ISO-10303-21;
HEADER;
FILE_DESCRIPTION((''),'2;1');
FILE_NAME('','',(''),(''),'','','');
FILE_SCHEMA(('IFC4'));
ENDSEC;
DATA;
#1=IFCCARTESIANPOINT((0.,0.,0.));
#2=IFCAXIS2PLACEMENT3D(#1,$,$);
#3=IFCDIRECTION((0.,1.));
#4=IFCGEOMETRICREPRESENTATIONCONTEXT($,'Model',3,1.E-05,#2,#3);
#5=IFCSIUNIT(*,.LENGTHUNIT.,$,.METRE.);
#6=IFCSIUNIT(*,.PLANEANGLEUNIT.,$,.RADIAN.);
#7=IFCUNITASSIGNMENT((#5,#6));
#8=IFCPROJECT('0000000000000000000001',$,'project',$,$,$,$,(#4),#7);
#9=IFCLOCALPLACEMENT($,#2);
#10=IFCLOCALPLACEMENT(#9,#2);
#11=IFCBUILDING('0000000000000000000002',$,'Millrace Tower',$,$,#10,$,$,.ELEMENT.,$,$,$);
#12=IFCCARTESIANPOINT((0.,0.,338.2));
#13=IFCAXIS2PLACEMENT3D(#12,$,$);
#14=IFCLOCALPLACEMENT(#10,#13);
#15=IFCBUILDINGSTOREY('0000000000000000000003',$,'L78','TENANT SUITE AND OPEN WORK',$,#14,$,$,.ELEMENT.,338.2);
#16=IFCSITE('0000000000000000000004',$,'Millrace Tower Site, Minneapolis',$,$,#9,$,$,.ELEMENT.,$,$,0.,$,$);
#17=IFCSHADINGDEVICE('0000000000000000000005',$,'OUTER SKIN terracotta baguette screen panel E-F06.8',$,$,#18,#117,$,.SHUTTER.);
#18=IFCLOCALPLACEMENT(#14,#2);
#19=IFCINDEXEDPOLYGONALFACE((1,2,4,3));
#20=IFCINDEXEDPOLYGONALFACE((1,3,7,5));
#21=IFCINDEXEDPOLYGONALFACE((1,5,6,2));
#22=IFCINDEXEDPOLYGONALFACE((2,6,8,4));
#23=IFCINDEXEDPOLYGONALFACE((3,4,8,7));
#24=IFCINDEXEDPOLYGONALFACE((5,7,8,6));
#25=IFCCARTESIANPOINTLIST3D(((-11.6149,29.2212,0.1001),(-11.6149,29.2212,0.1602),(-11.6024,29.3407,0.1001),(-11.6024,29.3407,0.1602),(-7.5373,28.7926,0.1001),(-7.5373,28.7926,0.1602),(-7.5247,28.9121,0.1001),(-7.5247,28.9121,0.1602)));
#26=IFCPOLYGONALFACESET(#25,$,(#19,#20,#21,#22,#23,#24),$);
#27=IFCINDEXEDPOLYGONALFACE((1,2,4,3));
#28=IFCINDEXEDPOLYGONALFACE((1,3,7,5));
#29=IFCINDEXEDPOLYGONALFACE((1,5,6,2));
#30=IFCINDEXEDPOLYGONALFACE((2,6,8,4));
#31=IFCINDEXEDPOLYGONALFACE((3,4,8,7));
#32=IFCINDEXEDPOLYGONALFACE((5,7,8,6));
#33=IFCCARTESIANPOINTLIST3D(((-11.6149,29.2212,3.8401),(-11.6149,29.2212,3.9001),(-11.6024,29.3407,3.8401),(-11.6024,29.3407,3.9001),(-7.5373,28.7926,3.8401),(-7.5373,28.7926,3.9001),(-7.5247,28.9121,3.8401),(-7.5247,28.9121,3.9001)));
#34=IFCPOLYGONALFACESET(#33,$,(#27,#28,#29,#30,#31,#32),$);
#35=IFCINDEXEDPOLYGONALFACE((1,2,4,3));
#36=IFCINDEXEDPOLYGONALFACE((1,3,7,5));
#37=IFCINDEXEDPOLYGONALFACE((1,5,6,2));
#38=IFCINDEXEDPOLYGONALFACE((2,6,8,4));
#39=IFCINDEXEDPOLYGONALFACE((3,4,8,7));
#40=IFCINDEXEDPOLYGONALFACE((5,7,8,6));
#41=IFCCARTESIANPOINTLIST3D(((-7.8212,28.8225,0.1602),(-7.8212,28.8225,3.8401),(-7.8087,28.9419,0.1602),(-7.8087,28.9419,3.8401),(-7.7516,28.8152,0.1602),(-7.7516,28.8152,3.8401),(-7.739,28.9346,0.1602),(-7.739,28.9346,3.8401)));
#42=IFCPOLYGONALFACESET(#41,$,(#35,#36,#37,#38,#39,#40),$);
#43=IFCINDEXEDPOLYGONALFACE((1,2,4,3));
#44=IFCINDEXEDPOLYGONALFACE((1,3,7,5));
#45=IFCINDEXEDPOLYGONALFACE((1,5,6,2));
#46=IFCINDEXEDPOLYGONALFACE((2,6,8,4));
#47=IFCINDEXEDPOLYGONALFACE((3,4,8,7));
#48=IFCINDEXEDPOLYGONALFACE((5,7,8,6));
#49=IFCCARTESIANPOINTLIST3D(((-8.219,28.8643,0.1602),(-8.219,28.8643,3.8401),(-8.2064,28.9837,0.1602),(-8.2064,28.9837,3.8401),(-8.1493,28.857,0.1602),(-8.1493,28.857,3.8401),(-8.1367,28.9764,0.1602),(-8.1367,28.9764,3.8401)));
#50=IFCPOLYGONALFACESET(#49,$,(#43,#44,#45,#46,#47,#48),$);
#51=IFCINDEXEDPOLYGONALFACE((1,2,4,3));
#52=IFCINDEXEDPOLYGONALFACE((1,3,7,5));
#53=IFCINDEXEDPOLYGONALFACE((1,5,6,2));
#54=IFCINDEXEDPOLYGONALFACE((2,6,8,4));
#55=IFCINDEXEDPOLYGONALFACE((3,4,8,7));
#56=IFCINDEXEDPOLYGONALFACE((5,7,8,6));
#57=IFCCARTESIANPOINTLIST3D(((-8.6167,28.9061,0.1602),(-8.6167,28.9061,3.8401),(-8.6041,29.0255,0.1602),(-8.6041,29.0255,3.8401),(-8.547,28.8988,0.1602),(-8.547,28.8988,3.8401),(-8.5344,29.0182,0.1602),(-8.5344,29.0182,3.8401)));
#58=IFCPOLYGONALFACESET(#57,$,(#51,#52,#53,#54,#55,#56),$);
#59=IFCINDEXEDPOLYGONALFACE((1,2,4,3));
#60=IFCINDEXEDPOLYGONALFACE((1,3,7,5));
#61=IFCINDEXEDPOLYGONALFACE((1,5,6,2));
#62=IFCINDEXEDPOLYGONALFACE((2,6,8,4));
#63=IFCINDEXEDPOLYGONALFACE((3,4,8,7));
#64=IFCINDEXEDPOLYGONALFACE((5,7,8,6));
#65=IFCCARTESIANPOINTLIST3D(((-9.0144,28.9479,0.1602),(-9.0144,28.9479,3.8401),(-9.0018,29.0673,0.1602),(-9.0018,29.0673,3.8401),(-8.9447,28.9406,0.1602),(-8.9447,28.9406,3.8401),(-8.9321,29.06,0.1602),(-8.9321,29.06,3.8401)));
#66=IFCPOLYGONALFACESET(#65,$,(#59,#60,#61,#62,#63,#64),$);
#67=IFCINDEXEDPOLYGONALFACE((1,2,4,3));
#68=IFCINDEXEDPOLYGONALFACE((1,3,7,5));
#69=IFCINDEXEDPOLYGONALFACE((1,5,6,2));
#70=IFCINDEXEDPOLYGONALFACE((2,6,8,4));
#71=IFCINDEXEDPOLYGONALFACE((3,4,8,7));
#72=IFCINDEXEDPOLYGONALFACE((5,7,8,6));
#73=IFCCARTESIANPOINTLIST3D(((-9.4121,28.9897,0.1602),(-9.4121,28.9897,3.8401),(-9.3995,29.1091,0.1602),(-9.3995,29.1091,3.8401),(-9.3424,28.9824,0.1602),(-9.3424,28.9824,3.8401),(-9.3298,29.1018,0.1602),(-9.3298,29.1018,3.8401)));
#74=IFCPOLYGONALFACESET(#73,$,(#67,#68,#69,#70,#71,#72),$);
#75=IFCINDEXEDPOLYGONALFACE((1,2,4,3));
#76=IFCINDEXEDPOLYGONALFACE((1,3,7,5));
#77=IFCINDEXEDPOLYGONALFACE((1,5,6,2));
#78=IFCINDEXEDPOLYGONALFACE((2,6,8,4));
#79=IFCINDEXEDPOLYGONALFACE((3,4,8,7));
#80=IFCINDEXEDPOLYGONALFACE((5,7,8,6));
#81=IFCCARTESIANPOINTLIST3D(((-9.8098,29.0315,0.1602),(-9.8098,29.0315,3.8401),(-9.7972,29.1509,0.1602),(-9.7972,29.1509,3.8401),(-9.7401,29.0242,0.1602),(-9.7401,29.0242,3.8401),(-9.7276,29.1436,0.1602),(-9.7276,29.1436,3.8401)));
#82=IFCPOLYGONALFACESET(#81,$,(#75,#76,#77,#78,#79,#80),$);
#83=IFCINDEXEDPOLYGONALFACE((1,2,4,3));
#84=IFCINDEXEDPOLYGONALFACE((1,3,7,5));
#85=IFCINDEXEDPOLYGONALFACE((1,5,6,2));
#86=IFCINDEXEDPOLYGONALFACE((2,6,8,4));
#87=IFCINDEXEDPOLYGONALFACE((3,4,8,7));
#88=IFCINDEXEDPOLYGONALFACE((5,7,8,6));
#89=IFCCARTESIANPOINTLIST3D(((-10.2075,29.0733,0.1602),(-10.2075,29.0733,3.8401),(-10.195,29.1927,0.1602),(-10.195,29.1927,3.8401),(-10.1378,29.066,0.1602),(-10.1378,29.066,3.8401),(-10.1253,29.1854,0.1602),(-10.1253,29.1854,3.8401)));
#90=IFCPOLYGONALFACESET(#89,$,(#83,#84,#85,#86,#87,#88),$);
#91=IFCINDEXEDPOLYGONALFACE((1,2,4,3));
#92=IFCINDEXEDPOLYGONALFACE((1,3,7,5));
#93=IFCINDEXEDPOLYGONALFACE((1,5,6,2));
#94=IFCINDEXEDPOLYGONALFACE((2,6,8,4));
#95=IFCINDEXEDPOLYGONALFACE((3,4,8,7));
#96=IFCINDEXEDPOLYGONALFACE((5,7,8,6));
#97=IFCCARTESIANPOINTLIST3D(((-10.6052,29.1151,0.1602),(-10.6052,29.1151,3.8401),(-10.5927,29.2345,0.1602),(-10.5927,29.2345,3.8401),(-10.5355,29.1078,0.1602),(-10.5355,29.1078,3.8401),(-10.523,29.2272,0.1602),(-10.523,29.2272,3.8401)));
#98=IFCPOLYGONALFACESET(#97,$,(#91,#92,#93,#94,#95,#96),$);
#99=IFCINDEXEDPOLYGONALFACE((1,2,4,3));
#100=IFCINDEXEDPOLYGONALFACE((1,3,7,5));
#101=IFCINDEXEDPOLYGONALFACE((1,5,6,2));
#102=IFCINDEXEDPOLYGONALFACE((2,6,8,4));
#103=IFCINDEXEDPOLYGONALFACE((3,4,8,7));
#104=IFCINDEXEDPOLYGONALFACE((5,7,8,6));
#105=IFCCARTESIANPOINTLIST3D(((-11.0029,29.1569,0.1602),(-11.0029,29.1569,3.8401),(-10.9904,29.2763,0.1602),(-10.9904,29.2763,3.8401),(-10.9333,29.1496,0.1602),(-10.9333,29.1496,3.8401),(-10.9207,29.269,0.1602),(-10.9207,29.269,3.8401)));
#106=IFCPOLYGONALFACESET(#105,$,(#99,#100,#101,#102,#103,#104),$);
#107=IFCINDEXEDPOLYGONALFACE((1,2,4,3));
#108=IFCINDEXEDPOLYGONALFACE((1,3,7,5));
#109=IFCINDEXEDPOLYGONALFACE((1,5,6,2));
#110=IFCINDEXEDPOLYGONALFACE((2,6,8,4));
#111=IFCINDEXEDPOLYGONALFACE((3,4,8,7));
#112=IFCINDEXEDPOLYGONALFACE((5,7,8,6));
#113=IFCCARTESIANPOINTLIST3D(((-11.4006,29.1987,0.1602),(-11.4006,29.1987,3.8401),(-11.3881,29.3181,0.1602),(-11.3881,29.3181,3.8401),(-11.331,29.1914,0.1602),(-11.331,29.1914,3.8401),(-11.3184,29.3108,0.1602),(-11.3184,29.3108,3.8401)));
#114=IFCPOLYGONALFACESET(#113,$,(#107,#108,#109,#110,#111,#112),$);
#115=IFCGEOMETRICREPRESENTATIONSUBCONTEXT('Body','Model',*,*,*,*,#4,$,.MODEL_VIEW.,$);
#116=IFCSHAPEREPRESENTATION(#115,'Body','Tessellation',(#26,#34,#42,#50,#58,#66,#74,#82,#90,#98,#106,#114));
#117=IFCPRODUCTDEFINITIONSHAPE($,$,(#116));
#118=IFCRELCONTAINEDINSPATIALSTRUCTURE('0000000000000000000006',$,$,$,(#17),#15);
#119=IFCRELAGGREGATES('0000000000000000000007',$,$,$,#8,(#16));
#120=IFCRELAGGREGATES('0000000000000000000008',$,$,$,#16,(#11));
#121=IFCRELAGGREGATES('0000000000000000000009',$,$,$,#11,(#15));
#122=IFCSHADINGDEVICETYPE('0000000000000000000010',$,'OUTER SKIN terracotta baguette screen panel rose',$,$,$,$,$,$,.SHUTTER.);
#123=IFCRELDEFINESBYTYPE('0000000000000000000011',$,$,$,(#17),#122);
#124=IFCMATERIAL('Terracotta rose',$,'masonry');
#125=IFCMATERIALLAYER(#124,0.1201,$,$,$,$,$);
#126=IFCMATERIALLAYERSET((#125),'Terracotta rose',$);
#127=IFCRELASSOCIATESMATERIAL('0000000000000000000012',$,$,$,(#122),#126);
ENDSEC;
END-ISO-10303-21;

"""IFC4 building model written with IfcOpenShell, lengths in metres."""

from ifc_helpers import new_model, entity, si_unit, direction, frame, frame_2d, origin, place, context, subcontext, project, spatial, rectangle, extrude, source, transform, mapped, material, layer, layer_set, type_object, element, save


model = new_model("IFC4")

# Units and contexts
model_context = context("Model", 3, precision=1e-05, world=origin(), true_north=direction((0.0, 1.0)))
body_context = subcontext(model_context, "Body", "Model", "MODEL_VIEW")
ifc_project = project(units=[si_unit("LENGTHUNIT", "METRE"), si_unit("PLANEANGLEUNIT", "RADIAN")], contexts=[model_context])

# Site, building, storey
site_placement = place(None, origin())
site = spatial("IfcSite", under=ifc_project, at=site_placement, Name="Millrace Tower Site, Minneapolis", CompositionType="ELEMENT", RefElevation=0.0)
building_placement = place(site_placement, origin())
building = spatial("IfcBuilding", under=site, at=building_placement, Name="Millrace Tower", CompositionType="ELEMENT")
storey_placement = place(building_placement, frame((0.0, 0.0, 338.2)))
storey = spatial("IfcBuildingStorey", under=building, at=storey_placement, Name="L78", Description="TENANT SUITE AND OPEN WORK", CompositionType="ELEMENT", Elevation=338.2)

# Shading device
ifc_material_1 = material(Name="Terracotta rose", Category="masonry")
ifc_layer_1 = layer(ifc_material_1, 0.1201)
ifc_layer_set_1 = layer_set([ifc_layer_1], Name="Terracotta rose")
shading_device_type = type_object("IfcShadingDeviceType", Name="OUTER SKIN terracotta baguette screen panel rose", PredefinedType="SHUTTER", material=ifc_layer_set_1)
cartesian_point_1 = entity("IfcCartesianPoint", [-2.05, 0.0601])
shared_polyline_1 = entity("IfcPolyline", [cartesian_point_1, entity("IfcCartesianPoint", [2.05, 0.0601]), entity("IfcCartesianPoint", [2.05, -0.0601]), entity("IfcCartesianPoint", [-2.05, -0.0601]), cartesian_point_1])
shared_shape_1 = source(origin(), body_context, "Body", "SweptSolid", [
    entity("IfcExtrudedAreaSolid", entity("IfcArbitraryClosedProfileDef", "AREA", None, shared_polyline_1), entity("IfcAxis2Placement3D", entity("IfcCartesianPoint", [0.0, 0.0, 0.0])), entity("IfcDirection", [0.0, 0.0, 1.0]), 0.0601),
    entity("IfcExtrudedAreaSolid", entity("IfcArbitraryClosedProfileDef", "AREA", None, shared_polyline_1), entity("IfcAxis2Placement3D", entity("IfcCartesianPoint", [0.0, 0.0, 3.74])), entity("IfcDirection", [0.0, 0.0, 1.0]), 0.0601),
    extrude(rectangle(XDim=0.0701, YDim=0.1201, at=frame_2d((-1.7996, 0.0))), frame((0.0, 0.0, 0.0601)), (0.0, 0.0, 1.0), 3.6799),
    extrude(rectangle(XDim=0.0701, YDim=0.1201, at=frame_2d((-1.3997, 0.0))), frame((0.0, 0.0, 0.0601)), (0.0, 0.0, 1.0), 3.6799),
    extrude(rectangle(XDim=0.0701, YDim=0.1201, at=frame_2d((-0.9998, 0.0))), frame((0.0, 0.0, 0.0601)), (0.0, 0.0, 1.0), 3.6799),
    extrude(rectangle(XDim=0.0701, YDim=0.1201, at=frame_2d((-0.5999, 0.0))), frame((0.0, 0.0, 0.0601)), (0.0, 0.0, 1.0), 3.6799),
    extrude(rectangle(XDim=0.0701, YDim=0.1201, at=frame_2d((-0.2, 0.0))), frame((0.0, 0.0, 0.0601)), (0.0, 0.0, 1.0), 3.6799),
    extrude(rectangle(XDim=0.0701, YDim=0.1201, at=frame_2d((0.2, 0.0))), frame((0.0, 0.0, 0.0601)), (0.0, 0.0, 1.0), 3.6799),
    extrude(rectangle(XDim=0.0701, YDim=0.1201, at=frame_2d((0.5999, 0.0))), frame((0.0, 0.0, 0.0601)), (0.0, 0.0, 1.0), 3.6799),
    extrude(rectangle(XDim=0.0701, YDim=0.1201, at=frame_2d((0.9998, 0.0))), frame((0.0, 0.0, 0.0601)), (0.0, 0.0, 1.0), 3.6799),
    extrude(rectangle(XDim=0.0701, YDim=0.1201, at=frame_2d((1.3997, 0.0))), frame((0.0, 0.0, 0.0601)), (0.0, 0.0, 1.0), 3.6799),
    extrude(rectangle(XDim=0.0701, YDim=0.1201, at=frame_2d((1.7996, 0.0))), frame((0.0, 0.0, 0.0601)), (0.0, 0.0, 1.0), 3.6799),
])
for number, where, z_axis, x_axis, name in (
    (1, (-9.5698, 29.0667, 0.1001), (0.0, 0.0, 1.0), (-0.994522, 0.104528, 0.0), "OUTER SKIN terracotta baguette screen panel E-F06.8"),
):
    element("IfcShadingDevice", number, at=place(storey_placement, frame(where, z_axis=z_axis, x_axis=x_axis)), inside=storey, type_object=shading_device_type, Name=name, PredefinedType="SHUTTER", context=body_context, shape_type="MappedRepresentation", body=[
        mapped(shared_shape_1, transform((0.0, 0.0, 0.0), scale=1.0)),
    ])

save(model, "model.ifc")
